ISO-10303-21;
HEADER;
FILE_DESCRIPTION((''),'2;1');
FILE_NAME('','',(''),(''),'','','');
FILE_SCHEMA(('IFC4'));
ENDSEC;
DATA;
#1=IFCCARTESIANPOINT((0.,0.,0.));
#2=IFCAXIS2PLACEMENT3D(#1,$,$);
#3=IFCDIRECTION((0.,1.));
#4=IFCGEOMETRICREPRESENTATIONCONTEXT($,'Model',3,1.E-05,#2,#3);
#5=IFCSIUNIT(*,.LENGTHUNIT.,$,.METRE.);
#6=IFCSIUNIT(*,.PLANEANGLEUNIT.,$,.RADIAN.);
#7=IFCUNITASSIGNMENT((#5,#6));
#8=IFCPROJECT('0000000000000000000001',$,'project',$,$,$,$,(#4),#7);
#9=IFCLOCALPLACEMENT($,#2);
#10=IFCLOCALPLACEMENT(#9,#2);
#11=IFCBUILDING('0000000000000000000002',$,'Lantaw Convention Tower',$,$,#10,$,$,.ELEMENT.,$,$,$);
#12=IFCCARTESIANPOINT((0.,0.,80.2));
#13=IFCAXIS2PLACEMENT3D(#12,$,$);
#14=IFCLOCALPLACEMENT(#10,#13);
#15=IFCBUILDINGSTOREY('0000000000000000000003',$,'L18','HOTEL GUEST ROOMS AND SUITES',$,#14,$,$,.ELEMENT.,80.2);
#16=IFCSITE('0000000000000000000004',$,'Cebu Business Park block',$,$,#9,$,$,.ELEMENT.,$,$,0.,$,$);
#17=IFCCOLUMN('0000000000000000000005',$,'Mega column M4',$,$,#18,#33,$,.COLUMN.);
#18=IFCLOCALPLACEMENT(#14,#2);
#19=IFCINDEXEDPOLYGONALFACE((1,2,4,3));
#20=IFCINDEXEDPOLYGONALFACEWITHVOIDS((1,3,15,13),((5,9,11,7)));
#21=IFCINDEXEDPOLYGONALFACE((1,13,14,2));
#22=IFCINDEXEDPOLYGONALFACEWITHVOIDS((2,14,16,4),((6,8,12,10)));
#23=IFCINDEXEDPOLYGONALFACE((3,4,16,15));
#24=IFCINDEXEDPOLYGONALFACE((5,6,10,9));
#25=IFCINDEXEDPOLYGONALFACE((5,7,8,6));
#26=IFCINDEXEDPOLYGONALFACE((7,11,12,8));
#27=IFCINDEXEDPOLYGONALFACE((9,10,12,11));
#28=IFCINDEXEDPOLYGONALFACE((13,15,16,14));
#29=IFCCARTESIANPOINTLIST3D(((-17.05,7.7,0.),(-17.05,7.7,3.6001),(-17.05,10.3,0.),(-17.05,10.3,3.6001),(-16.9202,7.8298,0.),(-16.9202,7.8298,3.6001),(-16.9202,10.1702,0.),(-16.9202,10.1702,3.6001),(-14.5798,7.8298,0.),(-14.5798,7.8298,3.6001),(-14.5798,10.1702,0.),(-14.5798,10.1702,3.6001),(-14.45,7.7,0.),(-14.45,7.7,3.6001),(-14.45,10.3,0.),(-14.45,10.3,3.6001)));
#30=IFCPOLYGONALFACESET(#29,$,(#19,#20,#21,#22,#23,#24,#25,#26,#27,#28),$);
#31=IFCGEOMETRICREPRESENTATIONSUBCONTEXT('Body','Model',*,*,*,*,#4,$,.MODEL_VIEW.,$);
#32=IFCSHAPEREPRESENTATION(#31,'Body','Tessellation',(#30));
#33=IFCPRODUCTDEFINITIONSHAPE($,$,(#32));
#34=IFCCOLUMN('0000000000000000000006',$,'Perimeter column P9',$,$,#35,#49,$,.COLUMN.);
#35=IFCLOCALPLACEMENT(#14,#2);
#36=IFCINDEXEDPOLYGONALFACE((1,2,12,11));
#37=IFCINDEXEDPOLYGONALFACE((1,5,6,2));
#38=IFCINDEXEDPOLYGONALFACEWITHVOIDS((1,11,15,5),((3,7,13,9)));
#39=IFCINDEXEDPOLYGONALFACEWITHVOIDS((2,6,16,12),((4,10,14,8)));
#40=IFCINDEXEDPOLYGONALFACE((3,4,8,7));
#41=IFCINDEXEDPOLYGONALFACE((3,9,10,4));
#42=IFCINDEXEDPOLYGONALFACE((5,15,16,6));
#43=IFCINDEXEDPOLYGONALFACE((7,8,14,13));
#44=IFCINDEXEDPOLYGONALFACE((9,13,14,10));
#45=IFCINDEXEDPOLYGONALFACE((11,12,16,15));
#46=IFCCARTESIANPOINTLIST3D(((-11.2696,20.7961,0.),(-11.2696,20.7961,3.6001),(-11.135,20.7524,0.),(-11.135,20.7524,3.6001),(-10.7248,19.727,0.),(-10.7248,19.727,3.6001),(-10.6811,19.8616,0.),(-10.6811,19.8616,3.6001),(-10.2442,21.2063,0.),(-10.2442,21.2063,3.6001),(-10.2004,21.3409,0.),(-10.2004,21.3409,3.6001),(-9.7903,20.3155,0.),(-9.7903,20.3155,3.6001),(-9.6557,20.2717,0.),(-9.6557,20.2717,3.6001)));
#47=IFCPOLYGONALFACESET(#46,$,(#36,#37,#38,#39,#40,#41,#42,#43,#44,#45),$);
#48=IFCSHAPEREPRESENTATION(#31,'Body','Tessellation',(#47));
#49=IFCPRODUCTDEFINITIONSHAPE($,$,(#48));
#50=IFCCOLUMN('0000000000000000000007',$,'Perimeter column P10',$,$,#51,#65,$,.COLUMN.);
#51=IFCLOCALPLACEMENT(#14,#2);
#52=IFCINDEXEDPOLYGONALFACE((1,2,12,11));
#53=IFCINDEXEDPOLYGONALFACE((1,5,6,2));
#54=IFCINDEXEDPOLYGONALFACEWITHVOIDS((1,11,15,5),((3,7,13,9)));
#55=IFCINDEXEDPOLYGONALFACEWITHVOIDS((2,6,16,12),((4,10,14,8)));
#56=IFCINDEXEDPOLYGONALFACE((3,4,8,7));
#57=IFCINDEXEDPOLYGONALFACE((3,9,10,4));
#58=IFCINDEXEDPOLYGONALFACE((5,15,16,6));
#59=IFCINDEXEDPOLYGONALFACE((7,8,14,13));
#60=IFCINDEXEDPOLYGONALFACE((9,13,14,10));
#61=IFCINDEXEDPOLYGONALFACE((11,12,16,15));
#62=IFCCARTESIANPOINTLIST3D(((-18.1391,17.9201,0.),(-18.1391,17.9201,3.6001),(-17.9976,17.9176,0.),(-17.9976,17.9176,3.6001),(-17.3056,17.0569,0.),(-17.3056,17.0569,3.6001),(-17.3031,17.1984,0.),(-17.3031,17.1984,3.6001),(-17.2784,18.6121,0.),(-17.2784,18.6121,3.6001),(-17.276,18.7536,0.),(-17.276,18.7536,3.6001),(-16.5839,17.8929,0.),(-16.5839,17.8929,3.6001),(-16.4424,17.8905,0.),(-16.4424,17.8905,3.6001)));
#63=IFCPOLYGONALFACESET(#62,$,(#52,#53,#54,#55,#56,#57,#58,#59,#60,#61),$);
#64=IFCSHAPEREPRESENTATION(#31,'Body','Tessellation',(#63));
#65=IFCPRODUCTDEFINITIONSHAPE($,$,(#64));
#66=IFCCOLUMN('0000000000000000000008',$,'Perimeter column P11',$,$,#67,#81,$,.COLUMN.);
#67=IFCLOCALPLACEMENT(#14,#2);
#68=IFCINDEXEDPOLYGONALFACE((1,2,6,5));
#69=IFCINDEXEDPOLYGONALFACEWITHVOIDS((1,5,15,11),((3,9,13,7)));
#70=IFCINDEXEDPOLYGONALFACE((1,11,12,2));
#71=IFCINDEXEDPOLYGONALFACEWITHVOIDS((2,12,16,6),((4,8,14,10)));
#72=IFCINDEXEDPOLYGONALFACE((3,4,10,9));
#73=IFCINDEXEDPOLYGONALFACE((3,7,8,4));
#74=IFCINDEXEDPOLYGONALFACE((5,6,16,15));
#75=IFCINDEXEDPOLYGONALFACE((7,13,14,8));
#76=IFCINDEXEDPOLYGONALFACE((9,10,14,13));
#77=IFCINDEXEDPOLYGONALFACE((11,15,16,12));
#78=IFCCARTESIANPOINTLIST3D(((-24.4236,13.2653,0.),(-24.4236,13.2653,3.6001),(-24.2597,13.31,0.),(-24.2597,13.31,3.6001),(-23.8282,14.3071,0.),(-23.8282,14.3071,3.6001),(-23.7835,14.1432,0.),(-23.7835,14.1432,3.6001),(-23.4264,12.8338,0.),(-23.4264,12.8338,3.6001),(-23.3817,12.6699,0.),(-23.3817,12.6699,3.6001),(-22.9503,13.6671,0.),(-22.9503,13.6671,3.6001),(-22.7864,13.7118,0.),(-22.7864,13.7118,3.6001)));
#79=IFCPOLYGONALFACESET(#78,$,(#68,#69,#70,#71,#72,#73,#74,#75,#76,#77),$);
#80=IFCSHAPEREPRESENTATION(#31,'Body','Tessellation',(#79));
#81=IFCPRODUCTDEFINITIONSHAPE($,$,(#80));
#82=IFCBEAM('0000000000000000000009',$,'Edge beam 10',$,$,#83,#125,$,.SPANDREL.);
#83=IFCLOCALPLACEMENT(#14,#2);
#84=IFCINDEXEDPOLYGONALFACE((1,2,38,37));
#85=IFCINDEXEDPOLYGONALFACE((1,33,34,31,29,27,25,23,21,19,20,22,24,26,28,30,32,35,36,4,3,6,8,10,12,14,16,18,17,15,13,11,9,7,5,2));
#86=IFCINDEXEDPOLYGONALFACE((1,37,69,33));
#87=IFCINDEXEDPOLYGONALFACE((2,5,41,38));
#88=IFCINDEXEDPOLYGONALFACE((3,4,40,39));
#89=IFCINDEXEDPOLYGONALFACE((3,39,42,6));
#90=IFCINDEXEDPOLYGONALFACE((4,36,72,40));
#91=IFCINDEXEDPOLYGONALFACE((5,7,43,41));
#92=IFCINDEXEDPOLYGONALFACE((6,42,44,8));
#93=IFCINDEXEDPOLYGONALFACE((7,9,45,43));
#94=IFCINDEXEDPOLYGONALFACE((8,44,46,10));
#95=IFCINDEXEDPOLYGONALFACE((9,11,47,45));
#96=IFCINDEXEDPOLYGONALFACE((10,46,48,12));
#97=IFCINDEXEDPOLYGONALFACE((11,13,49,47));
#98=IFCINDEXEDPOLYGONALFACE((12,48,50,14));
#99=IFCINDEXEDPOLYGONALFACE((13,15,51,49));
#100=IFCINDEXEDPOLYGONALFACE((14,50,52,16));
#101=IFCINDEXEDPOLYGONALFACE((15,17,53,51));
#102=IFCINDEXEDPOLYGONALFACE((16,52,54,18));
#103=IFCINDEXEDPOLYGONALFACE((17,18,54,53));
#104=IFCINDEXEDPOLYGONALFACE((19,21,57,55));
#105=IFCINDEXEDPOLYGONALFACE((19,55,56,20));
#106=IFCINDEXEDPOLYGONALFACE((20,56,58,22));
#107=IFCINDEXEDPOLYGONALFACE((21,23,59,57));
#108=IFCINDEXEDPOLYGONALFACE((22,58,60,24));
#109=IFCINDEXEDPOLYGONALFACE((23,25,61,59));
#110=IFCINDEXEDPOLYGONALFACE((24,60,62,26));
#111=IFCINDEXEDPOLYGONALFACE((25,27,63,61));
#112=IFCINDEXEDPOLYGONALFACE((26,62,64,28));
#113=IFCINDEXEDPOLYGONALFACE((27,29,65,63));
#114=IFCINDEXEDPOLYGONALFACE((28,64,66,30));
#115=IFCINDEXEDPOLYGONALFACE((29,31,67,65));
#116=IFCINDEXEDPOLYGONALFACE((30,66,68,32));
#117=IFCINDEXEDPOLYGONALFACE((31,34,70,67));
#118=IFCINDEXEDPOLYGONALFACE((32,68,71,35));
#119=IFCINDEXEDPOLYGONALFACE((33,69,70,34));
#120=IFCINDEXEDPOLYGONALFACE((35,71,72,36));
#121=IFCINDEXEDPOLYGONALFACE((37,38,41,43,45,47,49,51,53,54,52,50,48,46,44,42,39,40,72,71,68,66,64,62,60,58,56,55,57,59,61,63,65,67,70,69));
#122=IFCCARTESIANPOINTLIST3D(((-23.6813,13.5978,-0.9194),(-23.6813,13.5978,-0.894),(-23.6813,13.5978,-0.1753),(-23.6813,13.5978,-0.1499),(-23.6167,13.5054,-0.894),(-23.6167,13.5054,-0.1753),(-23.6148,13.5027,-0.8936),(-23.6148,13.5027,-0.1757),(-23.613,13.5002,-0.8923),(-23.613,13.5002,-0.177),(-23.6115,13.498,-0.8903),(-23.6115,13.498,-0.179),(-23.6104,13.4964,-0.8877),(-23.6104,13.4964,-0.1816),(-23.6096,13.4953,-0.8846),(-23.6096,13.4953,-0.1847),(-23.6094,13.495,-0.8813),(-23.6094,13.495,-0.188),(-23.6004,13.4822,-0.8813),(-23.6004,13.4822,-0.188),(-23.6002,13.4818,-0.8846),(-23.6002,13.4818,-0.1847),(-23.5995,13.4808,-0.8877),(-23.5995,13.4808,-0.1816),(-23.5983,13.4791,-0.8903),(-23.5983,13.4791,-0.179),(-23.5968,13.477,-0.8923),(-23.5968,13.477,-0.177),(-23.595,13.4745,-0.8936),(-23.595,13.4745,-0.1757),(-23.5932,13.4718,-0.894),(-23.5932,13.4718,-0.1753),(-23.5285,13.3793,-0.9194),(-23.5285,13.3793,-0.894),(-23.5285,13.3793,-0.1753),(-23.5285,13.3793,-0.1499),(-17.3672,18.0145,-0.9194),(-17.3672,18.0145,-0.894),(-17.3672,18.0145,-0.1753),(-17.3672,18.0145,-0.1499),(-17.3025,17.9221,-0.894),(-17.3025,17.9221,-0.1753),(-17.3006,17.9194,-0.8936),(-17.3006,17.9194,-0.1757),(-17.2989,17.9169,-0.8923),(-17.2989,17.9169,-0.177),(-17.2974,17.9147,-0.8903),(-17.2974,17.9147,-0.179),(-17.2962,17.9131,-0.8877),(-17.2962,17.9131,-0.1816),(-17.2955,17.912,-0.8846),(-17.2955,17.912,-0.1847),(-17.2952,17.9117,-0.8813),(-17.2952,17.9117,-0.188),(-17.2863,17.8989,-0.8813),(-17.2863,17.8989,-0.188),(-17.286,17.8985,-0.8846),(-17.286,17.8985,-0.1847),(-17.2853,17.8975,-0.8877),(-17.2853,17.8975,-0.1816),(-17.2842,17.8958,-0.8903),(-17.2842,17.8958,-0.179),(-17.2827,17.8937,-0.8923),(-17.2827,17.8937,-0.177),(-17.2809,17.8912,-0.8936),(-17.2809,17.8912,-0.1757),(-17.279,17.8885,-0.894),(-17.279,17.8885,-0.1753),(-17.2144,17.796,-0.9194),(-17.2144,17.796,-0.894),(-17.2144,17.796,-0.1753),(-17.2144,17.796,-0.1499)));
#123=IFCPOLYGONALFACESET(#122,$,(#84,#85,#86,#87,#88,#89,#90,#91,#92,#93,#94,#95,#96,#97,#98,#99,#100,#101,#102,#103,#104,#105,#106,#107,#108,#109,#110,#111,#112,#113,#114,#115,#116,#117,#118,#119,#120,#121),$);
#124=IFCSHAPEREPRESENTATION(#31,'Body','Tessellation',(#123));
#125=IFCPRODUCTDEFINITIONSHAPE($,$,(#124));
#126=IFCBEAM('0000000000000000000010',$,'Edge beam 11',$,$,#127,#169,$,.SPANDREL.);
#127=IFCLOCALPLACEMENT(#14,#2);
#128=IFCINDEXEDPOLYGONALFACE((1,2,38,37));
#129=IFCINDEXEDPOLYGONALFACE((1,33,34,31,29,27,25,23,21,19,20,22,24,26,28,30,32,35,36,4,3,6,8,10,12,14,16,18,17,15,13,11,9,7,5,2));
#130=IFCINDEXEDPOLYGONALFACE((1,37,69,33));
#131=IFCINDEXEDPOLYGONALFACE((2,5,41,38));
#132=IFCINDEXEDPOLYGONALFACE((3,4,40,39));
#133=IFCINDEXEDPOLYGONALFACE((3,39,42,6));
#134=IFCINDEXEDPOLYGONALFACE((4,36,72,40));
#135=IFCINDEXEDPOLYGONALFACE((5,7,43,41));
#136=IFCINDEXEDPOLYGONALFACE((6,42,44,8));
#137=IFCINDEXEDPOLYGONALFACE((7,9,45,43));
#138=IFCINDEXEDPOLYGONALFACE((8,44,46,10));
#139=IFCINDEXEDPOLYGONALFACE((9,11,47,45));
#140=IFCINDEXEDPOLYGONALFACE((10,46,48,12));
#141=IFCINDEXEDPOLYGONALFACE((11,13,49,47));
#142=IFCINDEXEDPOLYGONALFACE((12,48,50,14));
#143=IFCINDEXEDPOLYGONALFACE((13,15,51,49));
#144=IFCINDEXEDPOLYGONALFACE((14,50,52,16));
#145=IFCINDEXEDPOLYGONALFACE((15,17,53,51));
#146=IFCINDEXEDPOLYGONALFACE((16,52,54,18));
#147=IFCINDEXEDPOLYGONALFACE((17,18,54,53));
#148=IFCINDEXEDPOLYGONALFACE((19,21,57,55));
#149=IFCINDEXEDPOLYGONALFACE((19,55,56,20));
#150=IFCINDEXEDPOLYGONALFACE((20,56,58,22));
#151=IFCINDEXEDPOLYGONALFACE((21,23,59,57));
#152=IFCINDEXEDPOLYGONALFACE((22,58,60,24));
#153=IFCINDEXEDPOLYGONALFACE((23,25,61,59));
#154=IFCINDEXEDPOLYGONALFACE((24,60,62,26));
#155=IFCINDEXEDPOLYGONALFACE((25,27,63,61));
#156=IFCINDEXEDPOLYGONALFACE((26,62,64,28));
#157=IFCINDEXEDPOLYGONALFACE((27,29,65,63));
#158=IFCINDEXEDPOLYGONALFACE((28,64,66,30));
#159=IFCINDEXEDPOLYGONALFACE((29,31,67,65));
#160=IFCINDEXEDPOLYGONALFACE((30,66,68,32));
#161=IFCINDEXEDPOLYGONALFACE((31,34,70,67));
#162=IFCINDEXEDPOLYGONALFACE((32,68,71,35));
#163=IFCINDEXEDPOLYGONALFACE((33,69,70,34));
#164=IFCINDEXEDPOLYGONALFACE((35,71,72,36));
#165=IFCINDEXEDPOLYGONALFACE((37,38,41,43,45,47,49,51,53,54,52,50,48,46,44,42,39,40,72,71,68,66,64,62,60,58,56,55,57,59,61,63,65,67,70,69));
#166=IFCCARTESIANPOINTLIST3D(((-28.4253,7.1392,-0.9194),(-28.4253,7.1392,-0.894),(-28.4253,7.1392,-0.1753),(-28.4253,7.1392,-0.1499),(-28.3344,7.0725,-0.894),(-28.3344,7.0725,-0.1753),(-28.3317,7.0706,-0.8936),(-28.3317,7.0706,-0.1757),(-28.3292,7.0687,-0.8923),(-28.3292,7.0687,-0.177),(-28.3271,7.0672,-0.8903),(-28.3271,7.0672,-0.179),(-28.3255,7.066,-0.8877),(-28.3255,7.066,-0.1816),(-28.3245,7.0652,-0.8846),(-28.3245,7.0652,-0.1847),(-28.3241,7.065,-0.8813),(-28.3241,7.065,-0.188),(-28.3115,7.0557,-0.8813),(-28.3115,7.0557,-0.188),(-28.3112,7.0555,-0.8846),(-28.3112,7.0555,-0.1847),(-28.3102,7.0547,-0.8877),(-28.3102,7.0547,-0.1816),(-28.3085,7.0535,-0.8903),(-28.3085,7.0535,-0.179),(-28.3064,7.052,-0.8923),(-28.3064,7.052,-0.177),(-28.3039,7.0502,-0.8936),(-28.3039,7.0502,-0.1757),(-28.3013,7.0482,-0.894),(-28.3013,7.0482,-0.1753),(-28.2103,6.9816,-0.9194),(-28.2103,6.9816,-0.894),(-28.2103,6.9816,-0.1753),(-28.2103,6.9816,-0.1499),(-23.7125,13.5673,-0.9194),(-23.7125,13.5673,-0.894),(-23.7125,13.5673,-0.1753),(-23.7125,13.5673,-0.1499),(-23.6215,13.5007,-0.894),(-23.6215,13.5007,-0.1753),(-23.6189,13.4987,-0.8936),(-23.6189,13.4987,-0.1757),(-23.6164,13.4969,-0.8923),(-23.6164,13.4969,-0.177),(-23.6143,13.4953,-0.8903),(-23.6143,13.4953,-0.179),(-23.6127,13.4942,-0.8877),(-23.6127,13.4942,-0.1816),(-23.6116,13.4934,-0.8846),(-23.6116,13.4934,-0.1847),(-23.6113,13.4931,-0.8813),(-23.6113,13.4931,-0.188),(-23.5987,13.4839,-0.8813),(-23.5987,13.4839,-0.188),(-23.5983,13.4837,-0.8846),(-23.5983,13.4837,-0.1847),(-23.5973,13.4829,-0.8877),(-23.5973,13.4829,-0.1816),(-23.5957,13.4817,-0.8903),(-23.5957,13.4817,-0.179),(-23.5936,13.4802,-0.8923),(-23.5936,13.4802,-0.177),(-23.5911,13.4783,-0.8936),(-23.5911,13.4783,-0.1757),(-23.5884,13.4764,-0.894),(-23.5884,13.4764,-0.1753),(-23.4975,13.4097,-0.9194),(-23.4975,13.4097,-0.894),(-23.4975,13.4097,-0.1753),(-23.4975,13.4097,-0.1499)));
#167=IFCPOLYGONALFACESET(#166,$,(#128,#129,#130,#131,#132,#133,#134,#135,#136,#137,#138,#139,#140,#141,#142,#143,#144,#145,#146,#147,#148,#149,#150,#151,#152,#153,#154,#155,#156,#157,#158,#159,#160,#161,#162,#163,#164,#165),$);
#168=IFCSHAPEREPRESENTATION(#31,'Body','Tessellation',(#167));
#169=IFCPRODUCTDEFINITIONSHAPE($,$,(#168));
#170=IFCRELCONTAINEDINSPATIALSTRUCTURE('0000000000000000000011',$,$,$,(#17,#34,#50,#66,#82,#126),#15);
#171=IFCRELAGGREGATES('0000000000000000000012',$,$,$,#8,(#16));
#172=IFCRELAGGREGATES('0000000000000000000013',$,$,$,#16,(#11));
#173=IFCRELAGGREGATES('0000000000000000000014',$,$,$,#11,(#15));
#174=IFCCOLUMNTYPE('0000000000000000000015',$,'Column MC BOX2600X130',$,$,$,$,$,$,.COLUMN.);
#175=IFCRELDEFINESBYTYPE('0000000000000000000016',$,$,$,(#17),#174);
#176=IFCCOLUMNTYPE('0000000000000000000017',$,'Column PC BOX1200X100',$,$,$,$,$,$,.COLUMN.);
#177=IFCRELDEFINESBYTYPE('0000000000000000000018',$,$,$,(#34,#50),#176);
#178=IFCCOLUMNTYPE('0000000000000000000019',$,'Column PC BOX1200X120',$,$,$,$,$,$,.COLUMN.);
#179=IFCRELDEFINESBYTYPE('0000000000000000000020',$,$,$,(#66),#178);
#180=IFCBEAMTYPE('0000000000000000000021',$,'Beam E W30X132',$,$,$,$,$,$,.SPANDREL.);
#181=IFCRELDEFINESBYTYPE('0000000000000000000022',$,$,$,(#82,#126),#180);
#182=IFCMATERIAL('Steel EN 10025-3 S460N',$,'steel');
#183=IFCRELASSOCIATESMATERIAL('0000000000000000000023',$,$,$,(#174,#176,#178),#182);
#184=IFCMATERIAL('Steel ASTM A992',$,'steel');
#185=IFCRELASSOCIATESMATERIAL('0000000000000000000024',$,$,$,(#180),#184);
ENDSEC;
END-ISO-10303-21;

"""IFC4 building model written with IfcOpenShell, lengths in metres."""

from ifc_helpers import new_model, si_unit, direction, frame, origin, origin_2d, place, context, subcontext, project, spatial, rectangle, hollow_rectangle, i_section, extrude, material, material_profile, profile_set, type_object, element, save


model = new_model("IFC4")

# Units and contexts
model_context = context("Model", 3, precision=1e-05, world=origin(), true_north=direction((0.0, 1.0)))
body_context = subcontext(model_context, "Body", "Model", "MODEL_VIEW")
ifc_project = project(units=[si_unit("LENGTHUNIT", "METRE"), si_unit("PLANEANGLEUNIT", "RADIAN")], contexts=[model_context])

# Site, building, storey
site_placement = place(None, origin())
site = spatial("IfcSite", under=ifc_project, at=site_placement, Name="Cebu Business Park block", CompositionType="ELEMENT", RefElevation=0.0)
building_placement = place(site_placement, origin())
building = spatial("IfcBuilding", under=site, at=building_placement, Name="Lantaw Convention Tower", CompositionType="ELEMENT")
storey_placement = place(building_placement, frame((0.0, 0.0, 80.2)))
storey = spatial("IfcBuildingStorey", under=building, at=storey_placement, Name="L18", Description="HOTEL GUEST ROOMS AND SUITES", CompositionType="ELEMENT", Elevation=80.2)

# Columns
ifc_material_1 = material(Name="Steel EN 10025-3 S460N", Category="steel")
ifc_material_profile_1 = material_profile(ifc_material_1, hollow_rectangle(XDim=2.6001, YDim=2.6001, WallThickness=0.1299, at=origin_2d()), Name="BOX2600X130")
ifc_material_2 = material(Name="Concrete C60/75", Category="concrete")
ifc_material_profile_2 = material_profile(ifc_material_2, rectangle(XDim=2.3401, YDim=2.3401, at=origin_2d()), Name="Concrete fill of BOX2600X130")
ifc_profile_set_1 = profile_set([ifc_material_profile_1, ifc_material_profile_2], Name="Steel EN 10025-3 S460N")
column_type_1 = type_object("IfcColumnType", Name="Column MC BOX2600X130", PredefinedType="COLUMN", material=ifc_profile_set_1)
column_1_placement = place(storey_placement, frame((-15.75, 9.0, 0.0), z_axis=(0.0, 0.0, 1.0), x_axis=(1.0, 0.0, 0.0)))
element("IfcColumn", 1, at=column_1_placement, inside=storey, type_object=column_type_1, Name="Mega column M4", PredefinedType="COLUMN", context=body_context, shape_type="SweptSolid", body=[
    extrude(hollow_rectangle(XDim=2.6001, YDim=2.6001, WallThickness=0.1299, at=origin_2d()), origin(), (0.0, 0.0, 1.0), 3.6001),
])
ifc_material_profile_3 = material_profile(ifc_material_1, hollow_rectangle(XDim=1.2, YDim=1.2, WallThickness=0.1001, at=origin_2d()), Name="BOX1200X100")
ifc_material_profile_4 = material_profile(ifc_material_2, rectangle(XDim=1.0, YDim=1.0, at=origin_2d()), Name="Concrete fill of BOX1200X100")
ifc_profile_set_2 = profile_set([ifc_material_profile_3, ifc_material_profile_4], Name="Steel EN 10025-3 S460N")
column_type_2 = type_object("IfcColumnType", Name="Column PC BOX1200X100", PredefinedType="COLUMN", material=ifc_profile_set_2)
for number, where, z_axis, x_axis, name in (
    (2, (-10.4626, 20.5339, 0.0), (0.0, 0.0, 1.0), (0.891007, 0.45399, 0.0), "Perimeter column P9"),
    (3, (-17.2908, 17.9053, 0.0), (0.0, 0.0, 1.0), (0.71934, 0.694658, 0.0), "Perimeter column P10"),
):
    element("IfcColumn", number, at=place(storey_placement, frame(where, z_axis=z_axis, x_axis=x_axis)), inside=storey, type_object=column_type_2, Name=name, PredefinedType="COLUMN", context=body_context, shape_type="SweptSolid", body=[
        extrude(hollow_rectangle(XDim=1.2, YDim=1.2, WallThickness=0.1001, at=origin_2d()), origin(), (0.0, 0.0, 1.0), 3.6001),
    ])
ifc_material_profile_5 = material_profile(ifc_material_1, hollow_rectangle(XDim=1.2, YDim=1.2, WallThickness=0.1201, at=origin_2d()), Name="BOX1200X120")
ifc_material_profile_6 = material_profile(ifc_material_2, rectangle(XDim=0.96, YDim=0.96, at=origin_2d()), Name="Concrete fill of BOX1200X120")
ifc_profile_set_3 = profile_set([ifc_material_profile_5, ifc_material_profile_6], Name="Steel EN 10025-3 S460N")
column_type_3 = type_object("IfcColumnType", Name="Column PC BOX1200X120", PredefinedType="COLUMN", material=ifc_profile_set_3)
column_2_placement = place(storey_placement, frame((-23.605, 13.4885, 0.0), z_axis=(0.0, 0.0, 1.0), x_axis=(0.496139, 0.868243, 0.0)))
element("IfcColumn", 4, at=column_2_placement, inside=storey, type_object=column_type_3, Name="Perimeter column P11", PredefinedType="COLUMN", context=body_context, shape_type="SweptSolid", body=[
    extrude(hollow_rectangle(XDim=1.2, YDim=1.2, WallThickness=0.1201, at=origin_2d()), origin(), (0.0, 0.0, 1.0), 3.6001),
])

# Beams
ifc_material_3 = material(Name="Steel ASTM A992", Category="steel")
ifc_material_profile_7 = material_profile(ifc_material_3, i_section(OverallWidth=0.2666, OverallDepth=0.7695, WebThickness=0.0156, FlangeThickness=0.0254, FilletRadius=0.0127, at=origin_2d()), Name="W30X132")
ifc_profile_set_4 = profile_set([ifc_material_profile_7], Name="Steel ASTM A992")
beam_type_1 = type_object("IfcBeamType", Name="Beam E W30X132", PredefinedType="SPANDREL", material=ifc_profile_set_4)
beam_1_placement = place(storey_placement, frame((-17.2908, 17.9053, -0.5347), z_axis=(-0.819427, -0.573184, 0.0), x_axis=(0.573184, -0.819427, 0.0)))
element("IfcBeam", 5, at=beam_1_placement, inside=storey, type_object=beam_type_1, Name="Edge beam 10", PredefinedType="SPANDREL", context=body_context, shape_type="SweptSolid", body=[
    extrude(i_section(OverallWidth=0.2666, OverallDepth=0.7695, WebThickness=0.0156, FlangeThickness=0.0254, FilletRadius=0.0127, at=origin_2d()), origin(), (0.0, 0.0, 1.0), 7.7056),
])
beam_2_placement = place(storey_placement, frame((-23.605, 13.4885, -0.5347), z_axis=(-0.591271, -0.806473, 0.0), x_axis=(0.806473, -0.591271, 0.0)))
element("IfcBeam", 6, at=beam_2_placement, inside=storey, type_object=beam_type_1, Name="Edge beam 11", PredefinedType="SPANDREL", context=body_context, shape_type="SweptSolid", body=[
    extrude(i_section(OverallWidth=0.2666, OverallDepth=0.7695, WebThickness=0.0156, FlangeThickness=0.0254, FilletRadius=0.0127, at=origin_2d()), origin(), (0.0, 0.0, 1.0), 7.9707),
])

save(model, "model.ifc")
